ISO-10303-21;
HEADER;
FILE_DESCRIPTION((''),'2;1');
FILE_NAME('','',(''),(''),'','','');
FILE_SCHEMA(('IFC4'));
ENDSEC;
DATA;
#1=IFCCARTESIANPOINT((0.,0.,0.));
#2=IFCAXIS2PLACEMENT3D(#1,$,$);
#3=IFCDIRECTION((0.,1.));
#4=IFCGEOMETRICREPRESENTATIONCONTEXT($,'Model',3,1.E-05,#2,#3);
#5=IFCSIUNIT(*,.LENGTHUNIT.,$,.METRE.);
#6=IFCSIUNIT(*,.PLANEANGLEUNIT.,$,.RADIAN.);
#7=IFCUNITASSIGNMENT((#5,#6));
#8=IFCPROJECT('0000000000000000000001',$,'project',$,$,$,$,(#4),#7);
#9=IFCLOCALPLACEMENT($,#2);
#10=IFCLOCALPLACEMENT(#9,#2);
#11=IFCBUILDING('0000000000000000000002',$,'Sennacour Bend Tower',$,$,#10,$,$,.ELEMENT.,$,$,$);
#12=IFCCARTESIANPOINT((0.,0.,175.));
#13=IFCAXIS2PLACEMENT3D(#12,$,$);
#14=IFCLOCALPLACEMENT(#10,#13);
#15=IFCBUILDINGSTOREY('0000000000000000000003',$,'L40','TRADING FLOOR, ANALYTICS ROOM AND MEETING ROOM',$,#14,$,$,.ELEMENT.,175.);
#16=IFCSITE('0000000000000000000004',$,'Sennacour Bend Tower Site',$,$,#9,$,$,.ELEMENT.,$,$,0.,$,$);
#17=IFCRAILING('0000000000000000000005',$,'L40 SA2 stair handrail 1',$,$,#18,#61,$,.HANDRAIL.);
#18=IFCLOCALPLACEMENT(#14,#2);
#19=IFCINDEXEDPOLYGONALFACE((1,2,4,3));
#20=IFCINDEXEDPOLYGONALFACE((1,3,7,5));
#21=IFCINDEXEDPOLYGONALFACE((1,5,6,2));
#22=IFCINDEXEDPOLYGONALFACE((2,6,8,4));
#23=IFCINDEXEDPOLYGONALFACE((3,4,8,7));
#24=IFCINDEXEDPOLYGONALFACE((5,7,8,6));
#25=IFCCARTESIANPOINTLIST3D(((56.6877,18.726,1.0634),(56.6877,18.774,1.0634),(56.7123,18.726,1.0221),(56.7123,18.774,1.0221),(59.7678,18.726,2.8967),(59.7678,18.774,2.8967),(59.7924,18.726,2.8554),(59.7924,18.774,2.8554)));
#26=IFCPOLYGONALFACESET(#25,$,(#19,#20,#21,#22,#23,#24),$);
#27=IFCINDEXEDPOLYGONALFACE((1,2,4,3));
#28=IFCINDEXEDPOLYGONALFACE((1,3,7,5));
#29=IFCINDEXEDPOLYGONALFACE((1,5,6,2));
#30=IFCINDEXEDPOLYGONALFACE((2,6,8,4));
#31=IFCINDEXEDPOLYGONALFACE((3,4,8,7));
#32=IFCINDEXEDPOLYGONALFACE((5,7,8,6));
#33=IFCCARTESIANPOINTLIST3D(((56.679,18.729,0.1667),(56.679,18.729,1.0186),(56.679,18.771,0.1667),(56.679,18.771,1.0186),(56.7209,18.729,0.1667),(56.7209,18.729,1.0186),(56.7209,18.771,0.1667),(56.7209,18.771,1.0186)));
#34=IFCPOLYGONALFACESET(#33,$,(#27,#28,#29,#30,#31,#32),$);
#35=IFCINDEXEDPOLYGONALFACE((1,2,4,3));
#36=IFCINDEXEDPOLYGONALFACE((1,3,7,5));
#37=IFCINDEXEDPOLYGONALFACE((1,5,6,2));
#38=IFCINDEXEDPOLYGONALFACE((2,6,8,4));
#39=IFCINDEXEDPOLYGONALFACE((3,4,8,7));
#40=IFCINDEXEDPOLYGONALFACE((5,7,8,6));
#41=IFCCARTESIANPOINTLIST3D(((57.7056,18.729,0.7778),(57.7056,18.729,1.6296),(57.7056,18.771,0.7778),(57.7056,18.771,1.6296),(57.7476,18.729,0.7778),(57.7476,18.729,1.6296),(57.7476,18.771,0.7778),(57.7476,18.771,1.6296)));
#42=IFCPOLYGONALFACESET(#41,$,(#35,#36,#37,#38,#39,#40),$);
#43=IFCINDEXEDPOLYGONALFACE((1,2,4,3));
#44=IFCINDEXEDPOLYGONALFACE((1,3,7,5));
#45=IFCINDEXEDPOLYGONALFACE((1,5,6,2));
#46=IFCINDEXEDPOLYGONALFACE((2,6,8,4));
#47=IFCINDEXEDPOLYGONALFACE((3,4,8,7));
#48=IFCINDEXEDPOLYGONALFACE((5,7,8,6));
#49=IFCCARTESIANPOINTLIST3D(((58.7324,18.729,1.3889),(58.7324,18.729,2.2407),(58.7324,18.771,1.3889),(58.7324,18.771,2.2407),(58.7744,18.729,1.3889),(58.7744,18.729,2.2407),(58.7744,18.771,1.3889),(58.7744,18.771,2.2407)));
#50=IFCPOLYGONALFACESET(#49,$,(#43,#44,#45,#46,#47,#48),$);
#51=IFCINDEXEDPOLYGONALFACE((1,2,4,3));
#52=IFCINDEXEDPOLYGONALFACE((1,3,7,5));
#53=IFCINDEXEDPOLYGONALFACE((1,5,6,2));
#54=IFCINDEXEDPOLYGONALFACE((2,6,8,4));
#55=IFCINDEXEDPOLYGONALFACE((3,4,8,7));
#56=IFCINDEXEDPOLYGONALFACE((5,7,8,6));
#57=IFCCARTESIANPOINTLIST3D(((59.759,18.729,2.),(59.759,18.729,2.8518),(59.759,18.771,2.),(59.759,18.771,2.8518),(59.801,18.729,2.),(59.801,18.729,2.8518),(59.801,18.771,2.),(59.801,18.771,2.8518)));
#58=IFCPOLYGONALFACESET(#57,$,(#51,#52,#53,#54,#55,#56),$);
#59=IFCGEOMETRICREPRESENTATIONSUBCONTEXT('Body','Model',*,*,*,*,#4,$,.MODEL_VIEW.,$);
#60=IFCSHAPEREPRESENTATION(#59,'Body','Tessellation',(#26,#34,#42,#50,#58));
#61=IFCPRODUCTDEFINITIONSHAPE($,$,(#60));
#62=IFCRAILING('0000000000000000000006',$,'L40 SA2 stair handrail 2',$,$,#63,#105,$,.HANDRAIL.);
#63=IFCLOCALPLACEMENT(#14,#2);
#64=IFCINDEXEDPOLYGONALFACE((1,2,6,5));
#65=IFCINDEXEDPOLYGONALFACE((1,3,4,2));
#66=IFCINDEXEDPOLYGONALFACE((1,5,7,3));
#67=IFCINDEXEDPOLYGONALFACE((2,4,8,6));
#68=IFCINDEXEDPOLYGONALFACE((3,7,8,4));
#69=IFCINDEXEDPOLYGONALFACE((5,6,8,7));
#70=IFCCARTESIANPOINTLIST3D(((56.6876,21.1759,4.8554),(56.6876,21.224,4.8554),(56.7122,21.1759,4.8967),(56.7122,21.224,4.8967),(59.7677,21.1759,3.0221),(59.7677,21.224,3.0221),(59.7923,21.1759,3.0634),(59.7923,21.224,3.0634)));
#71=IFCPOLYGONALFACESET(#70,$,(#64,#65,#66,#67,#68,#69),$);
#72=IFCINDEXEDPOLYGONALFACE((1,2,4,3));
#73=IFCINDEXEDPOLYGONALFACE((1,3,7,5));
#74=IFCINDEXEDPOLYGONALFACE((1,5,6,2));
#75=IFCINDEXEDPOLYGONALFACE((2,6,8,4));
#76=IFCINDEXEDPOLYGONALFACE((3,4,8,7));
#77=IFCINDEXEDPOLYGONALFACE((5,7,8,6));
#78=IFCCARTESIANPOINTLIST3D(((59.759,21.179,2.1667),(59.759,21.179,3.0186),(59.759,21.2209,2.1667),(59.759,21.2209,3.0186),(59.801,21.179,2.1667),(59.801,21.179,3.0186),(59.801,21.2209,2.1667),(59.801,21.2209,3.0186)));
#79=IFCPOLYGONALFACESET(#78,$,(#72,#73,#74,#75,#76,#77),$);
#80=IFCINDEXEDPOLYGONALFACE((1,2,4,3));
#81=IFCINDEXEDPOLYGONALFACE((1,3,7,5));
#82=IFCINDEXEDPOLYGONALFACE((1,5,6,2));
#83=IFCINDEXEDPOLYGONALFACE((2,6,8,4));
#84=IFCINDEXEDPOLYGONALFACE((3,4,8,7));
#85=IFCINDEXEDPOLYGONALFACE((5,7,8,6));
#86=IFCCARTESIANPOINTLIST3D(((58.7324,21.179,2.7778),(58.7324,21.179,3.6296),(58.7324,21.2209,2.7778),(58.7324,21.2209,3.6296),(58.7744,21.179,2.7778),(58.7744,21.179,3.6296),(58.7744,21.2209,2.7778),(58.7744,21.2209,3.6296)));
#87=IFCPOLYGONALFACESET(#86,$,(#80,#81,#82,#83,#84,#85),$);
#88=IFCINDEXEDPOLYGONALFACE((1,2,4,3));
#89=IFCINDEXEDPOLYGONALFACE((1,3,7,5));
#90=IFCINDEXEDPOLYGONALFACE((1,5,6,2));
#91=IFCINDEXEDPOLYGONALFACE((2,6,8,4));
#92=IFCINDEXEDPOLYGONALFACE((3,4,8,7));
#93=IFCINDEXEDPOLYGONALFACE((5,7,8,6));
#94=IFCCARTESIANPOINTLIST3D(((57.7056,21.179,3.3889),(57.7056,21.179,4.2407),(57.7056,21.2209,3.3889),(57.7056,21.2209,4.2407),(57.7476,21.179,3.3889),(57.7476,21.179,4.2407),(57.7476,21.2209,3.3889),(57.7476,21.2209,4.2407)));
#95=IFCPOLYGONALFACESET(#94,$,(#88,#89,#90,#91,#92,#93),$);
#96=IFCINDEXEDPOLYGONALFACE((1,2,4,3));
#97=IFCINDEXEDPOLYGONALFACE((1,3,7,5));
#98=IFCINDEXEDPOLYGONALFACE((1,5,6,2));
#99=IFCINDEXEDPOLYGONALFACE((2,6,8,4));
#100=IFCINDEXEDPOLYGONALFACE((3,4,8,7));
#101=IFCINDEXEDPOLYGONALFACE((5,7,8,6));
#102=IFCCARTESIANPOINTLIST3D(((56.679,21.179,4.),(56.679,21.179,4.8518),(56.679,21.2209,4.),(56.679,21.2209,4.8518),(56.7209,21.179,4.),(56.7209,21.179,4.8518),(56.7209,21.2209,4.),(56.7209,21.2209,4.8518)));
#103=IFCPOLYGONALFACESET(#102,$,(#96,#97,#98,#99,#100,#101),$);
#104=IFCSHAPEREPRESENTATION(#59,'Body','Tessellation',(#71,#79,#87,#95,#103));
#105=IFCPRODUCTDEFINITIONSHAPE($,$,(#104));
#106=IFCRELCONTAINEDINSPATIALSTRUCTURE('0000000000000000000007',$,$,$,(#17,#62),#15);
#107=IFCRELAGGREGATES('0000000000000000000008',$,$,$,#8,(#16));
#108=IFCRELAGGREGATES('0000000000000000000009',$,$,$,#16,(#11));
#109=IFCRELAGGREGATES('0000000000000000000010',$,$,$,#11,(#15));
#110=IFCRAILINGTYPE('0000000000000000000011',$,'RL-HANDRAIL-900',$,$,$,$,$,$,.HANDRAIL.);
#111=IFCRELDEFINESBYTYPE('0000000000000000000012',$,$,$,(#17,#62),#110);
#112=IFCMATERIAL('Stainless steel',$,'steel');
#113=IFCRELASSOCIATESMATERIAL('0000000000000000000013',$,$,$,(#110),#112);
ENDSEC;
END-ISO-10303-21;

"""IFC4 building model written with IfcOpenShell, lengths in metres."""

from ifc_helpers import new_model, si_unit, direction, frame, origin, origin_2d, place, context, subcontext, project, spatial, rectangle, extrude, material, type_object, element, save


model = new_model("IFC4")

# Units and contexts
model_context = context("Model", 3, precision=1e-05, world=origin(), true_north=direction((0.0, 1.0)))
body_context = subcontext(model_context, "Body", "Model", "MODEL_VIEW")
ifc_project = project(units=[si_unit("LENGTHUNIT", "METRE"), si_unit("PLANEANGLEUNIT", "RADIAN")], contexts=[model_context])

# Site, building, storey
site_placement = place(None, origin())
site = spatial("IfcSite", under=ifc_project, at=site_placement, Name="Sennacour Bend Tower Site", CompositionType="ELEMENT", RefElevation=0.0)
building_placement = place(site_placement, origin())
building = spatial("IfcBuilding", under=site, at=building_placement, Name="Sennacour Bend Tower", CompositionType="ELEMENT")
storey_placement = place(building_placement, frame((0.0, 0.0, 175.0)))
storey = spatial("IfcBuildingStorey", under=building, at=storey_placement, Name="L40", Description="TRADING FLOOR, ANALYTICS ROOM AND MEETING ROOM", CompositionType="ELEMENT", Elevation=175.0)

# Shared definitions
ifc_material_1 = material(Name="Stainless steel", Category="steel")

# Railings
railing_type_1 = type_object("IfcRailingType", Name="RL-HANDRAIL-900", PredefinedType="HANDRAIL", material=ifc_material_1)
railing_1_placement = place(storey_placement, frame((56.7, 18.75, 0.1667)))
element("IfcRailing", 1, at=railing_1_placement, inside=storey, type_object=railing_type_1, Name="L40 SA2 stair handrail 1", PredefinedType="HANDRAIL", context=body_context, shape_type="SweptSolid", body=[
    extrude(rectangle(XDim=0.0481, YDim=0.0481, at=origin_2d()), frame((0.0, 0.0, 0.876), z_axis=(0.859309, 0.0, 0.511458), x_axis=(0.0, 1.0, 0.0)), (0.0, 0.0, 1.0), 3.5845),
    extrude(rectangle(XDim=0.042, YDim=0.042, at=origin_2d()), origin(), (0.0, 0.0, 1.0), 0.8518),
    extrude(rectangle(XDim=0.042, YDim=0.042, at=origin_2d()), frame((1.0266, 0.0, 0.6111)), (0.0, 0.0, 1.0), 0.8518),
    extrude(rectangle(XDim=0.042, YDim=0.042, at=origin_2d()), frame((2.0535, 0.0, 1.2222)), (0.0, 0.0, 1.0), 0.8518),
    extrude(rectangle(XDim=0.042, YDim=0.042, at=origin_2d()), frame((3.0801, 0.0, 1.8333)), (0.0, 0.0, 1.0), 0.8518),
])
railing_2_placement = place(storey_placement, frame((59.78, 21.2, 2.1667)))
element("IfcRailing", 2, at=railing_2_placement, inside=storey, type_object=railing_type_1, Name="L40 SA2 stair handrail 2", PredefinedType="HANDRAIL", context=body_context, shape_type="SweptSolid", body=[
    extrude(rectangle(XDim=0.0481, YDim=0.0481, at=origin_2d()), frame((0.0, 0.0, 0.876), z_axis=(-0.859309, 0.0, 0.511458), x_axis=(0.0, -1.0, 0.0)), (0.0, 0.0, 1.0), 3.5845),
    extrude(rectangle(XDim=0.042, YDim=0.042, at=origin_2d()), origin(), (0.0, 0.0, 1.0), 0.8518),
    extrude(rectangle(XDim=0.042, YDim=0.042, at=origin_2d()), frame((-1.0266, 0.0, 0.6111)), (0.0, 0.0, 1.0), 0.8518),
    extrude(rectangle(XDim=0.042, YDim=0.042, at=origin_2d()), frame((-2.0535, 0.0, 1.2222)), (0.0, 0.0, 1.0), 0.8518),
    extrude(rectangle(XDim=0.042, YDim=0.042, at=origin_2d()), frame((-3.0801, 0.0, 1.8333)), (0.0, 0.0, 1.0), 0.8518),
])

save(model, "model.ifc")
